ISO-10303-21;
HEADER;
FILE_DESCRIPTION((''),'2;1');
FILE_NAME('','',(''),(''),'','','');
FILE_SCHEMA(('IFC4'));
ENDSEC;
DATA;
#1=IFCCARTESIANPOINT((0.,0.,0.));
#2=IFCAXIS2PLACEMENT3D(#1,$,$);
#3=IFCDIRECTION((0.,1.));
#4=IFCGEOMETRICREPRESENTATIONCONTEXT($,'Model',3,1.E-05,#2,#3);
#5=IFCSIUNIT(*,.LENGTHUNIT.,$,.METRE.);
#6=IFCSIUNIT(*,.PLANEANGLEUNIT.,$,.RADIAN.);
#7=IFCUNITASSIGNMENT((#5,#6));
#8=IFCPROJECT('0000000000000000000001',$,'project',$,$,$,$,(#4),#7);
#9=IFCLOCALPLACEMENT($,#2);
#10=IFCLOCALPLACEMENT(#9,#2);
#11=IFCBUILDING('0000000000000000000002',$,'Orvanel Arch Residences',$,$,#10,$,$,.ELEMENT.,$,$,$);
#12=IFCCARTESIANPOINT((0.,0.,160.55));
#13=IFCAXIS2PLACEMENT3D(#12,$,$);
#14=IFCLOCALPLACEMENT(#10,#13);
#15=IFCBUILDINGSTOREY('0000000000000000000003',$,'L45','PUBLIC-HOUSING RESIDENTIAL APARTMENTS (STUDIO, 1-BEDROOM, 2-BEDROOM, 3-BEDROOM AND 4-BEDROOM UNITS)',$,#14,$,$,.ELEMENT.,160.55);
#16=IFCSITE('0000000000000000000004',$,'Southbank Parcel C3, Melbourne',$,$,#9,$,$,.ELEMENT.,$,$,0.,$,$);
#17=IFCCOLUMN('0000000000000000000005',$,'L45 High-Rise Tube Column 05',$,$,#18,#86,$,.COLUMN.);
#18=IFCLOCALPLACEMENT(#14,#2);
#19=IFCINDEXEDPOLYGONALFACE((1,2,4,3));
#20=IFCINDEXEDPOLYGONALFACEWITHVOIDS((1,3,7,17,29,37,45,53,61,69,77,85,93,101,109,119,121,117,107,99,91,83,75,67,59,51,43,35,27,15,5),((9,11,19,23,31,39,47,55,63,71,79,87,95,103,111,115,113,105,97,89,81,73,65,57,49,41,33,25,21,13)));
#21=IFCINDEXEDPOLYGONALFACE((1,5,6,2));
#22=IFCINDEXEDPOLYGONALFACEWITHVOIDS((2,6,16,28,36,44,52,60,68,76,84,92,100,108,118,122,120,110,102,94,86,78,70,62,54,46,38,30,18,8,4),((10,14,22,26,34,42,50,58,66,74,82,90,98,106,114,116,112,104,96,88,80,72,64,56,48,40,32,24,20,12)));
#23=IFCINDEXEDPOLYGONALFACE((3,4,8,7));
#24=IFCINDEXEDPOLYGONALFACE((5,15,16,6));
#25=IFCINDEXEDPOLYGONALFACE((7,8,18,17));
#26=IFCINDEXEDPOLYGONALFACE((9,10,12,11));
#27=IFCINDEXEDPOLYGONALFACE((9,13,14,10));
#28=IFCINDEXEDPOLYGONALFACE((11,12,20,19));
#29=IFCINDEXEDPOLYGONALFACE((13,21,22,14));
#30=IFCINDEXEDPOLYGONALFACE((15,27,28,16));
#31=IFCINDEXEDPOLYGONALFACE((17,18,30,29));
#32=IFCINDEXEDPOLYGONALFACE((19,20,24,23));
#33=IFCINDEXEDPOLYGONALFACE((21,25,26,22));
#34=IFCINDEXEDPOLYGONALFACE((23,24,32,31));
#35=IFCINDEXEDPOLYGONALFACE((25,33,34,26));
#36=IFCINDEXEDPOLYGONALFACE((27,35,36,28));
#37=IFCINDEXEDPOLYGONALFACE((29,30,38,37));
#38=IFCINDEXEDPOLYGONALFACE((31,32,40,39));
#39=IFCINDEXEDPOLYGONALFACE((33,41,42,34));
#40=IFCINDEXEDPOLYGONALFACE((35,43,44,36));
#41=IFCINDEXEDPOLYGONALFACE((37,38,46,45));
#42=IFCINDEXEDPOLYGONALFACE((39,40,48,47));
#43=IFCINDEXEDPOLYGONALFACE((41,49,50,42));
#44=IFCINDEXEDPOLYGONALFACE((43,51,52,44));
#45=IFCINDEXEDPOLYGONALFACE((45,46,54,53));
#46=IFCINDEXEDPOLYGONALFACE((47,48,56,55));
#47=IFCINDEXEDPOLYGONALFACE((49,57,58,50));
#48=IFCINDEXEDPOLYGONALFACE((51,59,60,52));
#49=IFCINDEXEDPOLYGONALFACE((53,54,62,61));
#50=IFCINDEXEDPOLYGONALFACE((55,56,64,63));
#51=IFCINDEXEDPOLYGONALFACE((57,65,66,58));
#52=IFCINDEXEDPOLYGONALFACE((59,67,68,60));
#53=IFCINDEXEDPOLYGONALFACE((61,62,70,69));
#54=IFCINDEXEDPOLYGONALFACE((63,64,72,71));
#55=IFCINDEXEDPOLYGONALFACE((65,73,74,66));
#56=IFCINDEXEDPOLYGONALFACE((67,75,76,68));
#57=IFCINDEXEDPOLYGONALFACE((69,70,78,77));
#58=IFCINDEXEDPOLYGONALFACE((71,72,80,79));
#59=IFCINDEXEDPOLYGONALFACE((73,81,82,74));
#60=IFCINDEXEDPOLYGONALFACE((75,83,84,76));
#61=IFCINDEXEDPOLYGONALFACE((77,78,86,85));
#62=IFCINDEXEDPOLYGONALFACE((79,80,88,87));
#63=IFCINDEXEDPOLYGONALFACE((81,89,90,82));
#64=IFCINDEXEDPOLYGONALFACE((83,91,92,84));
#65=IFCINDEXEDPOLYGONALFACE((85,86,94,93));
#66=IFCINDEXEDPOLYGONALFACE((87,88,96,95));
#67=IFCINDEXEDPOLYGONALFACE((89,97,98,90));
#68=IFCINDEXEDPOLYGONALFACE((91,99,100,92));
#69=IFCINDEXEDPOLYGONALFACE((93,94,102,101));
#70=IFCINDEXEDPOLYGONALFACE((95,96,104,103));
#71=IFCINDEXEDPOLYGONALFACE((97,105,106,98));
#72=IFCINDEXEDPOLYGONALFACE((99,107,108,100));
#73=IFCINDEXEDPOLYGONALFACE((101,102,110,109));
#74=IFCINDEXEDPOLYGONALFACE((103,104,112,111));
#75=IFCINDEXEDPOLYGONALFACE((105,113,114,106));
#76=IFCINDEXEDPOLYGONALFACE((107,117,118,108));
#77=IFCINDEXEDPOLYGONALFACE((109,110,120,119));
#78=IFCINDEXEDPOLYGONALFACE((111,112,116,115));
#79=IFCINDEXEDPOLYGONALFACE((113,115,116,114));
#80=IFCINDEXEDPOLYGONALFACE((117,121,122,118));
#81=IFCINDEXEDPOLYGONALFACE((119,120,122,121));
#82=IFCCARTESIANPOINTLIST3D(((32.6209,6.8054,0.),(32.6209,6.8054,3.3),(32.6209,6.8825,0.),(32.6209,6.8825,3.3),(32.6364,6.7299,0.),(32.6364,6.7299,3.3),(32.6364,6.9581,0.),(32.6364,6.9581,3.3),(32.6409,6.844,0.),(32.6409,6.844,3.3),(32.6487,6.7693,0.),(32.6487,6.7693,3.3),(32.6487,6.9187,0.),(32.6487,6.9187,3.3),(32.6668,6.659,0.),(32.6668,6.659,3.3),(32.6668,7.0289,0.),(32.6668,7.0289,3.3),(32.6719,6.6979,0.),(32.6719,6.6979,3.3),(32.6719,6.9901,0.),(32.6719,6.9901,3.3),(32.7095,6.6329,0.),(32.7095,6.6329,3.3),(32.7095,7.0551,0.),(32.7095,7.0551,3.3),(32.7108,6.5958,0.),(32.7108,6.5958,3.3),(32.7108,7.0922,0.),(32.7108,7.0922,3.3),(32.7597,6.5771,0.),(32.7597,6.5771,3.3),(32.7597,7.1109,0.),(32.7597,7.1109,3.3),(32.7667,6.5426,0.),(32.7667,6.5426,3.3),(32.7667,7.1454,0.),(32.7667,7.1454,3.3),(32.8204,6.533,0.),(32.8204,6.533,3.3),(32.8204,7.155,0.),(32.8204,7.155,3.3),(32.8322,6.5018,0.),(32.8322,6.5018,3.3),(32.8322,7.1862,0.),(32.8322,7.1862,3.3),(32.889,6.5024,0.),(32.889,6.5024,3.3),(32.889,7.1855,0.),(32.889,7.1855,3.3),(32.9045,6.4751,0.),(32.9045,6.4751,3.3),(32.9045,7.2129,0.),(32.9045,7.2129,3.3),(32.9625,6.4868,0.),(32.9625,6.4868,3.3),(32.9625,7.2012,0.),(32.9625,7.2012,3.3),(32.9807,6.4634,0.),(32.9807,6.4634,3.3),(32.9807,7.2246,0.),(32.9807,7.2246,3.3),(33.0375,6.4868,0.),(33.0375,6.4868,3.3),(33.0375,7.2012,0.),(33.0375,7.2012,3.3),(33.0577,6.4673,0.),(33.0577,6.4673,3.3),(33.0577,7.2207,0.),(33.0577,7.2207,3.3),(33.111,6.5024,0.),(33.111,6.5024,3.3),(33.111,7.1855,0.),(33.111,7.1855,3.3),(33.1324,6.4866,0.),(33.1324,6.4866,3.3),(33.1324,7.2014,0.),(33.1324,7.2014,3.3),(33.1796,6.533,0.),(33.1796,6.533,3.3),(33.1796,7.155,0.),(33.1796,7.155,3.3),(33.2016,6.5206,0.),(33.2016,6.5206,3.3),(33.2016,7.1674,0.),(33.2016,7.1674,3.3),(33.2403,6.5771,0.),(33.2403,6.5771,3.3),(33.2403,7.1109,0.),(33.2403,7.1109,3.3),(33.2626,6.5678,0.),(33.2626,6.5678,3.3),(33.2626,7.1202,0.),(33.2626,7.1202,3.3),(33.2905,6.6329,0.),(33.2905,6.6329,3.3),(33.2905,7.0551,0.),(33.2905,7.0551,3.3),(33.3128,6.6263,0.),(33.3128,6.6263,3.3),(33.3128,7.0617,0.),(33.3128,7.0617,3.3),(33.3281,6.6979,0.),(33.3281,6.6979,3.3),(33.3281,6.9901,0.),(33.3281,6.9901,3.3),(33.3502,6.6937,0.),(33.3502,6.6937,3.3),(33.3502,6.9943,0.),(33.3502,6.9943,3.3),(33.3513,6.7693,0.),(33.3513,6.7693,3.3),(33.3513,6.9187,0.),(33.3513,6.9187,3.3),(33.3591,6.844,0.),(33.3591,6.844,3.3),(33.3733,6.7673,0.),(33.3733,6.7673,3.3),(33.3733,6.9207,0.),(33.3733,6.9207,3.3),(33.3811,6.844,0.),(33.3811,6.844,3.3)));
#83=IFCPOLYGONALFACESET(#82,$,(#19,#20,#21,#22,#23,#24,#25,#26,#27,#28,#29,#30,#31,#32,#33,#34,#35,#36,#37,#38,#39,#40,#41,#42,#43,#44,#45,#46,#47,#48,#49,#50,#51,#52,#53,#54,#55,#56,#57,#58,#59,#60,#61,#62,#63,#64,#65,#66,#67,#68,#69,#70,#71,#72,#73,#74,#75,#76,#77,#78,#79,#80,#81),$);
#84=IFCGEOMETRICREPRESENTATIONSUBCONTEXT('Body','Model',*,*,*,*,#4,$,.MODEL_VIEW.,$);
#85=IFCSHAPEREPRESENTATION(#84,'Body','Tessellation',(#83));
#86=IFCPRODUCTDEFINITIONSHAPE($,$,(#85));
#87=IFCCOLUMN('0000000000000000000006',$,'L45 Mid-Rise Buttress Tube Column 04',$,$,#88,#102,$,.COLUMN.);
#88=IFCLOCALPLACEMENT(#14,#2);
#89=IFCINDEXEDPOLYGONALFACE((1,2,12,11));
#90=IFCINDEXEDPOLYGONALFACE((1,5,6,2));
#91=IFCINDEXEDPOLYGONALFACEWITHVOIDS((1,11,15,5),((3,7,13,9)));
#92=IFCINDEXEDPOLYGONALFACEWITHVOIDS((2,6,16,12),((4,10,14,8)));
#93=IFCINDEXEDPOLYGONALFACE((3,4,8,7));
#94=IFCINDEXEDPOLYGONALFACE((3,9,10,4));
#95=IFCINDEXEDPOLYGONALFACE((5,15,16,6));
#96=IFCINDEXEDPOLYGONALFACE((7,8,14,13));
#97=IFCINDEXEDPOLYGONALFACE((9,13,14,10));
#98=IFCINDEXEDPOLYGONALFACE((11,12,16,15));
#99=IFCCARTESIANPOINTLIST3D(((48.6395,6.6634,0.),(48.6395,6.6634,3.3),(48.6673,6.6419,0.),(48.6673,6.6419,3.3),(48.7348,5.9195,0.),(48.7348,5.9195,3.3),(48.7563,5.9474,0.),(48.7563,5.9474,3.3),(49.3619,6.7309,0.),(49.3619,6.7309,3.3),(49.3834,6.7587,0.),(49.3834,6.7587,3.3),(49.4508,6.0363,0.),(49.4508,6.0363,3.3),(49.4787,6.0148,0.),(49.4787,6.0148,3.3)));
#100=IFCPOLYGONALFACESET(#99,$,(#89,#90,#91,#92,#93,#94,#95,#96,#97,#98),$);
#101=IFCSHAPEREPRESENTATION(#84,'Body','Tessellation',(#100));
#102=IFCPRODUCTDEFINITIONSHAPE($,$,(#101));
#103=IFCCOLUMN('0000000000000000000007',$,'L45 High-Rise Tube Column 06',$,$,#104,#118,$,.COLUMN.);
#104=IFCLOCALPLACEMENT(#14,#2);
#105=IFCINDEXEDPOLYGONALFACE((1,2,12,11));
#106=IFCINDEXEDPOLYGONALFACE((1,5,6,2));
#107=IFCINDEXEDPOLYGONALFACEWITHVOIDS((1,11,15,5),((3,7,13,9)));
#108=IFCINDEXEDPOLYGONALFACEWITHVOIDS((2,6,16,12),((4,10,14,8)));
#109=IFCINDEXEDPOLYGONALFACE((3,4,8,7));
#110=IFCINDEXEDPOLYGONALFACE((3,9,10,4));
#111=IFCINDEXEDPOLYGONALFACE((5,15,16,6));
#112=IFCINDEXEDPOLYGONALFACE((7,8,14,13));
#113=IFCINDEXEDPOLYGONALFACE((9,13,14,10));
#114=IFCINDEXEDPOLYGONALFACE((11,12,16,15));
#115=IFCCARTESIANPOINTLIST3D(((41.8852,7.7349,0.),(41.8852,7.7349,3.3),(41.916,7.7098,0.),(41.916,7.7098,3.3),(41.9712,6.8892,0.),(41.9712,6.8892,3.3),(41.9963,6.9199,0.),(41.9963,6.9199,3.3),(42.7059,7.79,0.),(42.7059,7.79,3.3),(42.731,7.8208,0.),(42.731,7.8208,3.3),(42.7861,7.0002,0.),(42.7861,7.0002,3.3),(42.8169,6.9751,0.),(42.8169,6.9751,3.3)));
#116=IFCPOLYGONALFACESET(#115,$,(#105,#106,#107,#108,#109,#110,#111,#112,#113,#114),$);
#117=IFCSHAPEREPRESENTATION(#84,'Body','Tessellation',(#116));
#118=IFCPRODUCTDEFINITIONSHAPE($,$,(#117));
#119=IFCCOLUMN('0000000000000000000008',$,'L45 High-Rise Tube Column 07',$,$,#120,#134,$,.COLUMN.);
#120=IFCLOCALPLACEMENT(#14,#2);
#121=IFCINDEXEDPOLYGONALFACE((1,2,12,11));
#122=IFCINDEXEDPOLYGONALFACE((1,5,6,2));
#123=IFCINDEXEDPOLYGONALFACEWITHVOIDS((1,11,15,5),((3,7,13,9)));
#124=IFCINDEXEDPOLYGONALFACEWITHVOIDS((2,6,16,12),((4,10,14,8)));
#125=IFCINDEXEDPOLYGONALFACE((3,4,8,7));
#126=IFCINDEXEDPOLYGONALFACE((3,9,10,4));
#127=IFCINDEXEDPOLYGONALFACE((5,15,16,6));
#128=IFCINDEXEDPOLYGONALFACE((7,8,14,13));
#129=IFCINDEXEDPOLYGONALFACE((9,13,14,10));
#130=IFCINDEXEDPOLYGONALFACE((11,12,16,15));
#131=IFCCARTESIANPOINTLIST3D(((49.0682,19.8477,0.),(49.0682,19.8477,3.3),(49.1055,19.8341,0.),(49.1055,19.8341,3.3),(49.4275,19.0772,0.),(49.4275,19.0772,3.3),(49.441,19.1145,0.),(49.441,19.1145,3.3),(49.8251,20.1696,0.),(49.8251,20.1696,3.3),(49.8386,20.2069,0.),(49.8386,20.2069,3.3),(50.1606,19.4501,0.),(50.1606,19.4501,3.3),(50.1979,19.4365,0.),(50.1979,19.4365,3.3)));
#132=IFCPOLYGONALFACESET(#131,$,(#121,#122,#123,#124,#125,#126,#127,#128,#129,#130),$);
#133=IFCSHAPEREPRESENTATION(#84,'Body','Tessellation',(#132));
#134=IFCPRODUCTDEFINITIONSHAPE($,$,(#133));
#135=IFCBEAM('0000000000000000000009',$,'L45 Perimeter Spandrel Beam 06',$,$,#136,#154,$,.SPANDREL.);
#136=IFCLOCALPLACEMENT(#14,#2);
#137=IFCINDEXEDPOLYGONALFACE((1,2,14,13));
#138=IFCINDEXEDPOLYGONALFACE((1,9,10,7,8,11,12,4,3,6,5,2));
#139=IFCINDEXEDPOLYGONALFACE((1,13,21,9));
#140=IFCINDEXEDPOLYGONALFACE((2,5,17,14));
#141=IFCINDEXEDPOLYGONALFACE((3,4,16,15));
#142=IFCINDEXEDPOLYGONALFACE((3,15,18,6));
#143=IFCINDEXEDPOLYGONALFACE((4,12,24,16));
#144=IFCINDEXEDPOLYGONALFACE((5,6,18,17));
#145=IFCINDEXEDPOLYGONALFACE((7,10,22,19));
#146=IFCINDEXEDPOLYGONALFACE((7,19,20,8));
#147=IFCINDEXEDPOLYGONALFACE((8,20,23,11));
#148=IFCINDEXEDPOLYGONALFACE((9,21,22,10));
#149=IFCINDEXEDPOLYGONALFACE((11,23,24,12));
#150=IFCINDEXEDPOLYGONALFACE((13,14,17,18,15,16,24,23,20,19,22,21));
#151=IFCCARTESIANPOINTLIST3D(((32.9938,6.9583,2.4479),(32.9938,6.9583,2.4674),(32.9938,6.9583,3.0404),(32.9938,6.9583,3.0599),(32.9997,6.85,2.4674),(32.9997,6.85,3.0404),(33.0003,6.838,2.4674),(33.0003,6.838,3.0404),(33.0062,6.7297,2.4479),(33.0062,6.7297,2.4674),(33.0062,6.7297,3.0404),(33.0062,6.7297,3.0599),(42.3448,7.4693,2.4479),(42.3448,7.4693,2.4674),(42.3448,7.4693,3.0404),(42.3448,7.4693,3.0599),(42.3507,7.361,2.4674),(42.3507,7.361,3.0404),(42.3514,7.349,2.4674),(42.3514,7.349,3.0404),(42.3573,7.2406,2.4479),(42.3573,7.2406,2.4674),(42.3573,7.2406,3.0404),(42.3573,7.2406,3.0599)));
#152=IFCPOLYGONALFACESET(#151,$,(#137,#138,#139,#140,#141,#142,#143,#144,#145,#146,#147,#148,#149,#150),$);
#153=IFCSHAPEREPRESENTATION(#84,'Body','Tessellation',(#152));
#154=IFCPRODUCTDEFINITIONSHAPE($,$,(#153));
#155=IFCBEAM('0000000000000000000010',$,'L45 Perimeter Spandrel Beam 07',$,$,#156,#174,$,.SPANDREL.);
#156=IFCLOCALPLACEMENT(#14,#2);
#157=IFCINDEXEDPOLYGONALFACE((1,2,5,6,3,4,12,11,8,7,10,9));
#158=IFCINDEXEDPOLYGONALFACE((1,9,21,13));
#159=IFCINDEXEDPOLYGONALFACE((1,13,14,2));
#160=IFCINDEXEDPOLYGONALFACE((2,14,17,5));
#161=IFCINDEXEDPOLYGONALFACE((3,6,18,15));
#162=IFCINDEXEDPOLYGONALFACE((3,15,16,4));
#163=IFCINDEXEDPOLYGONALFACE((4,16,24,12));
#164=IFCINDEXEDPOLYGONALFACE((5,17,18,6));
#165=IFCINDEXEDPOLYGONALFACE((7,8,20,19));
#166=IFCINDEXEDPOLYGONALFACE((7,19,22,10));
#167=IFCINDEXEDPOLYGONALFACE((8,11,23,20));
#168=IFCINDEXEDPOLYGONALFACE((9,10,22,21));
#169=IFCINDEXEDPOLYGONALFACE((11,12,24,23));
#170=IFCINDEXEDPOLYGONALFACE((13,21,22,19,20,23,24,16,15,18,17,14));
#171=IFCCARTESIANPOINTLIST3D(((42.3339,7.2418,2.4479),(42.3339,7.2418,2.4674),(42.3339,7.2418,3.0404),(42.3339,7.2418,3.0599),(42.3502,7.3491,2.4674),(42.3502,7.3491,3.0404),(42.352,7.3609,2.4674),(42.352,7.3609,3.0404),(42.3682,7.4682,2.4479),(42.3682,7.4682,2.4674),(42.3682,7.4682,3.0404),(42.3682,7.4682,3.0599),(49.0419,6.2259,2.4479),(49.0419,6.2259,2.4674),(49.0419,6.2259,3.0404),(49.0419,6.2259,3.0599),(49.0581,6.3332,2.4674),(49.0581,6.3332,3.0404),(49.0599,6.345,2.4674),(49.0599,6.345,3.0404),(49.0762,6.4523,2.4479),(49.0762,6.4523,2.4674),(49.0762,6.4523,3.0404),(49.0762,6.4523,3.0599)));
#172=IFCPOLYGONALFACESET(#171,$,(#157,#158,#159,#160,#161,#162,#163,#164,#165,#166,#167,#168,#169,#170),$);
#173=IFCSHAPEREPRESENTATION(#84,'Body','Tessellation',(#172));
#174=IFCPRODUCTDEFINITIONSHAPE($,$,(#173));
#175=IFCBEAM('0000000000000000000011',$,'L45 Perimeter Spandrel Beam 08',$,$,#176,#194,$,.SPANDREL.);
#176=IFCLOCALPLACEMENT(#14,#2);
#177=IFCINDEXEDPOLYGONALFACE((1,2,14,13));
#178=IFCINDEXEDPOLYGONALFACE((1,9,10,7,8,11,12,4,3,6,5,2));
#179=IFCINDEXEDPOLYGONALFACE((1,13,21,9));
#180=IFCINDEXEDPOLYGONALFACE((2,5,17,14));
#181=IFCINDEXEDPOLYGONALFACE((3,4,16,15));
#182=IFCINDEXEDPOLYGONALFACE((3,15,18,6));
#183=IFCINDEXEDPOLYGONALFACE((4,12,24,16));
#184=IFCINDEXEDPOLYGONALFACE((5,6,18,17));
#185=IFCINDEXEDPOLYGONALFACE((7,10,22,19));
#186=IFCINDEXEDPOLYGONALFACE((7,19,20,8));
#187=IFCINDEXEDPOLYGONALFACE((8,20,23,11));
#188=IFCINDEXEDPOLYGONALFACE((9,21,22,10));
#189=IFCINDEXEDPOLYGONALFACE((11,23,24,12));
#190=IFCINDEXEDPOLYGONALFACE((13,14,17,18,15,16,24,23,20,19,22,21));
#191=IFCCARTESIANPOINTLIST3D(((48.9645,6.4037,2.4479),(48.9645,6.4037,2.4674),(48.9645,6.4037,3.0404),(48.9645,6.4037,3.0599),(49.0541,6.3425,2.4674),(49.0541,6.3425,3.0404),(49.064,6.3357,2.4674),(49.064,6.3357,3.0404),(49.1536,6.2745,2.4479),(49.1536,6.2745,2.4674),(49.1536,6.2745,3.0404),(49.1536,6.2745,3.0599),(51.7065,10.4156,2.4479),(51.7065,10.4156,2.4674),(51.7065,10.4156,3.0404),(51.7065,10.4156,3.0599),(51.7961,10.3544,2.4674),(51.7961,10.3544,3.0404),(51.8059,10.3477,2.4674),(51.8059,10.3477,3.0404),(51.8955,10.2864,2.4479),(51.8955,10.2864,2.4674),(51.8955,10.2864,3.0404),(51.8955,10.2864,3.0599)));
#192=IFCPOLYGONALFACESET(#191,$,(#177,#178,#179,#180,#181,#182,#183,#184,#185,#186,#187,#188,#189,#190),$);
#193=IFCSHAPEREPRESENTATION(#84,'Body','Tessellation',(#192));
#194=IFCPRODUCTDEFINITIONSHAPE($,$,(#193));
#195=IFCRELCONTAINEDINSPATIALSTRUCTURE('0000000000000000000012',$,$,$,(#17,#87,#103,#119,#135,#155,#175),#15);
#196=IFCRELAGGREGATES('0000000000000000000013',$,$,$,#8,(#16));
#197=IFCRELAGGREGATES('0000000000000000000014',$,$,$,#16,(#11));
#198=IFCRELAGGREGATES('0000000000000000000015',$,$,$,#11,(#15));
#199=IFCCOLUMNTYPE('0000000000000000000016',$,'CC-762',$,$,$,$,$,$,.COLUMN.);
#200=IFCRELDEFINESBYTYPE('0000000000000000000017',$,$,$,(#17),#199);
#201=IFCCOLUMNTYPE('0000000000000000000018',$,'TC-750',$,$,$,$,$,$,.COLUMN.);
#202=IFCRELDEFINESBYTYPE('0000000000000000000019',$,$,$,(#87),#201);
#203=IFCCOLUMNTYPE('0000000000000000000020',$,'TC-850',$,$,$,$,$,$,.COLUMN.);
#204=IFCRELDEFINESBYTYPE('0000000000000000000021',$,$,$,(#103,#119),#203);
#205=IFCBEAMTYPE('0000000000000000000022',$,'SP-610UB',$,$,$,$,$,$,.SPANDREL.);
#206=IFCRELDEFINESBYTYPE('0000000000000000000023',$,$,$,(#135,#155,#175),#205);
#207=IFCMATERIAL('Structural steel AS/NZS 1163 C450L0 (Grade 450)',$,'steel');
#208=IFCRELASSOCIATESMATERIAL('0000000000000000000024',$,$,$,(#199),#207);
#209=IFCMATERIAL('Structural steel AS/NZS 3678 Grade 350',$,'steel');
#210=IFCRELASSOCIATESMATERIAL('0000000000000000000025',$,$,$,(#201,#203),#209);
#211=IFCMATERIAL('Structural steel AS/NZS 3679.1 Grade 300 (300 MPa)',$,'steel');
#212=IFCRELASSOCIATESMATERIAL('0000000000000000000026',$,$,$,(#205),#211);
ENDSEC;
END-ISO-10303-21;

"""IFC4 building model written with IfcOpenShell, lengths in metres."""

from ifc_helpers import new_model, si_unit, direction, frame, origin, origin_2d, place, context, subcontext, project, spatial, hollow_rectangle, hollow_circle, i_section, extrude, material, material_profile, profile_set, type_object, element, save


model = new_model("IFC4")

# Units and contexts
model_context = context("Model", 3, precision=1e-05, world=origin(), true_north=direction((0.0, 1.0)))
body_context = subcontext(model_context, "Body", "Model", "MODEL_VIEW")
ifc_project = project(units=[si_unit("LENGTHUNIT", "METRE"), si_unit("PLANEANGLEUNIT", "RADIAN")], contexts=[model_context])

# Site, building, storey
site_placement = place(None, origin())
site = spatial("IfcSite", under=ifc_project, at=site_placement, Name="Southbank Parcel C3, Melbourne", CompositionType="ELEMENT", RefElevation=0.0)
building_placement = place(site_placement, origin())
building = spatial("IfcBuilding", under=site, at=building_placement, Name="Orvanel Arch Residences", CompositionType="ELEMENT")
storey_placement = place(building_placement, frame((0.0, 0.0, 160.55)))
storey = spatial("IfcBuildingStorey", under=building, at=storey_placement, Name="L45", Description="PUBLIC-HOUSING RESIDENTIAL APARTMENTS (STUDIO, 1-BEDROOM, 2-BEDROOM, 3-BEDROOM AND 4-BEDROOM UNITS)", CompositionType="ELEMENT", Elevation=160.55)

# Columns
ifc_material_1 = material(Name="Structural steel AS/NZS 1163 C450L0 (Grade 450)", Category="steel")
ifc_material_profile_1 = material_profile(ifc_material_1, hollow_circle(Radius=0.3811, WallThickness=0.022, at=origin_2d()), Name="CHS762x22")
ifc_profile_set_1 = profile_set([ifc_material_profile_1], Name="Structural steel AS/NZS 1163 C450L0 (Grade 450)")
column_type_1 = type_object("IfcColumnType", Name="CC-762", PredefinedType="COLUMN", material=ifc_profile_set_1)
column_1_placement = place(storey_placement, frame((33.0, 6.844, 0.0), z_axis=(0.0, 0.0, 1.0), x_axis=(1.0, 0.0, 0.0)))
element("IfcColumn", 1, at=column_1_placement, inside=storey, type_object=column_type_1, Name="L45 High-Rise Tube Column 05", PredefinedType="COLUMN", context=body_context, shape_type="SweptSolid", body=[
    extrude(hollow_circle(Radius=0.3811, WallThickness=0.022, at=origin_2d()), origin(), (0.0, 0.0, 1.0), 3.3),
])
ifc_material_2 = material(Name="Structural steel AS/NZS 3678 Grade 350", Category="steel")
ifc_material_profile_2 = material_profile(ifc_material_2, hollow_rectangle(XDim=0.75, YDim=0.75, WallThickness=0.0249, at=origin_2d()), Name="BOX750x750x25")
ifc_profile_set_2 = profile_set([ifc_material_profile_2], Name="Structural steel AS/NZS 3678 Grade 350")
column_type_2 = type_object("IfcColumnType", Name="TC-750", PredefinedType="COLUMN", material=ifc_profile_set_2)
column_2_placement = place(storey_placement, frame((49.0591, 6.3391, 0.0), z_axis=(0.0, 0.0, 1.0), x_axis=(0.991894, 0.127065, 0.0)))
element("IfcColumn", 2, at=column_2_placement, inside=storey, type_object=column_type_2, Name="L45 Mid-Rise Buttress Tube Column 04", PredefinedType="COLUMN", context=body_context, shape_type="SweptSolid", body=[
    extrude(hollow_rectangle(XDim=0.75, YDim=0.75, WallThickness=0.0249, at=origin_2d()), origin(), (0.0, 0.0, 1.0), 3.3),
])
ifc_material_profile_3 = material_profile(ifc_material_2, hollow_rectangle(XDim=0.8501, YDim=0.8501, WallThickness=0.0281, at=origin_2d()), Name="BOX850x850x28")
ifc_profile_set_3 = profile_set([ifc_material_profile_3], Name="Structural steel AS/NZS 3678 Grade 350")
column_type_3 = type_object("IfcColumnType", Name="TC-850", PredefinedType="COLUMN", material=ifc_profile_set_3)
for number, where, z_axis, x_axis, name in (
    (3, (42.3511, 7.355, 0.0), (0.0, 0.0, 1.0), (0.994881, 0.101056, 0.0), "L45 High-Rise Tube Column 06"),
    (4, (49.6331, 19.6421, 0.0), (0.0, 0.0, 1.0), (-0.422618, 0.906308, 0.0), "L45 High-Rise Tube Column 07"),
):
    element("IfcColumn", number, at=place(storey_placement, frame(where, z_axis=z_axis, x_axis=x_axis)), inside=storey, type_object=column_type_3, Name=name, PredefinedType="COLUMN", context=body_context, shape_type="SweptSolid", body=[
        extrude(hollow_rectangle(XDim=0.8501, YDim=0.8501, WallThickness=0.0281, at=origin_2d()), origin(), (0.0, 0.0, 1.0), 3.3),
    ])

# Beams
ifc_material_3 = material(Name="Structural steel AS/NZS 3679.1 Grade 300 (300 MPa)", Category="steel")
ifc_material_profile_4 = material_profile(ifc_material_3, i_section(OverallWidth=0.229, OverallDepth=0.6121, WebThickness=0.012, FlangeThickness=0.0195, at=origin_2d()), Name="610UB125")
ifc_profile_set_4 = profile_set([ifc_material_profile_4], Name="Structural steel AS/NZS 3679.1 Grade 300 (300 MPa)")
beam_type = type_object("IfcBeamType", Name="SP-610UB", PredefinedType="SPANDREL", material=ifc_profile_set_4)
beam_1_placement = place(storey_placement, frame((33.0, 6.844, 2.7539), z_axis=(0.99851, 0.054563, 0.0), x_axis=(-0.054563, 0.99851, 0.0)))
element("IfcBeam", 5, at=beam_1_placement, inside=storey, type_object=beam_type, Name="L45 Perimeter Spandrel Beam 06", PredefinedType="SPANDREL", context=body_context, shape_type="SweptSolid", body=[
    extrude(i_section(OverallWidth=0.229, OverallDepth=0.6121, WebThickness=0.012, FlangeThickness=0.0195, at=origin_2d()), origin(), (0.0, 0.0, 1.0), 9.365),
])
beam_2_placement = place(storey_placement, frame((42.3511, 7.355, 2.7539), z_axis=(0.988726, -0.149734, 0.0), x_axis=(0.149734, 0.988726, 0.0)))
element("IfcBeam", 6, at=beam_2_placement, inside=storey, type_object=beam_type, Name="L45 Perimeter Spandrel Beam 07", PredefinedType="SPANDREL", context=body_context, shape_type="SweptSolid", body=[
    extrude(i_section(OverallWidth=0.229, OverallDepth=0.6121, WebThickness=0.012, FlangeThickness=0.0195, at=origin_2d()), origin(), (0.0, 0.0, 1.0), 6.7844),
])
beam_3_placement = place(storey_placement, frame((49.0591, 6.3391, 2.7539), z_axis=(0.564252, 0.825603, 0.0), x_axis=(-0.825603, 0.564252, 0.0)))
element("IfcBeam", 7, at=beam_3_placement, inside=storey, type_object=beam_type, Name="L45 Perimeter Spandrel Beam 08", PredefinedType="SPANDREL", context=body_context, shape_type="SweptSolid", body=[
    extrude(i_section(OverallWidth=0.229, OverallDepth=0.6121, WebThickness=0.012, FlangeThickness=0.0195, at=origin_2d()), origin(), (0.0, 0.0, 1.0), 4.8594),
])

save(model, "model.ifc")
